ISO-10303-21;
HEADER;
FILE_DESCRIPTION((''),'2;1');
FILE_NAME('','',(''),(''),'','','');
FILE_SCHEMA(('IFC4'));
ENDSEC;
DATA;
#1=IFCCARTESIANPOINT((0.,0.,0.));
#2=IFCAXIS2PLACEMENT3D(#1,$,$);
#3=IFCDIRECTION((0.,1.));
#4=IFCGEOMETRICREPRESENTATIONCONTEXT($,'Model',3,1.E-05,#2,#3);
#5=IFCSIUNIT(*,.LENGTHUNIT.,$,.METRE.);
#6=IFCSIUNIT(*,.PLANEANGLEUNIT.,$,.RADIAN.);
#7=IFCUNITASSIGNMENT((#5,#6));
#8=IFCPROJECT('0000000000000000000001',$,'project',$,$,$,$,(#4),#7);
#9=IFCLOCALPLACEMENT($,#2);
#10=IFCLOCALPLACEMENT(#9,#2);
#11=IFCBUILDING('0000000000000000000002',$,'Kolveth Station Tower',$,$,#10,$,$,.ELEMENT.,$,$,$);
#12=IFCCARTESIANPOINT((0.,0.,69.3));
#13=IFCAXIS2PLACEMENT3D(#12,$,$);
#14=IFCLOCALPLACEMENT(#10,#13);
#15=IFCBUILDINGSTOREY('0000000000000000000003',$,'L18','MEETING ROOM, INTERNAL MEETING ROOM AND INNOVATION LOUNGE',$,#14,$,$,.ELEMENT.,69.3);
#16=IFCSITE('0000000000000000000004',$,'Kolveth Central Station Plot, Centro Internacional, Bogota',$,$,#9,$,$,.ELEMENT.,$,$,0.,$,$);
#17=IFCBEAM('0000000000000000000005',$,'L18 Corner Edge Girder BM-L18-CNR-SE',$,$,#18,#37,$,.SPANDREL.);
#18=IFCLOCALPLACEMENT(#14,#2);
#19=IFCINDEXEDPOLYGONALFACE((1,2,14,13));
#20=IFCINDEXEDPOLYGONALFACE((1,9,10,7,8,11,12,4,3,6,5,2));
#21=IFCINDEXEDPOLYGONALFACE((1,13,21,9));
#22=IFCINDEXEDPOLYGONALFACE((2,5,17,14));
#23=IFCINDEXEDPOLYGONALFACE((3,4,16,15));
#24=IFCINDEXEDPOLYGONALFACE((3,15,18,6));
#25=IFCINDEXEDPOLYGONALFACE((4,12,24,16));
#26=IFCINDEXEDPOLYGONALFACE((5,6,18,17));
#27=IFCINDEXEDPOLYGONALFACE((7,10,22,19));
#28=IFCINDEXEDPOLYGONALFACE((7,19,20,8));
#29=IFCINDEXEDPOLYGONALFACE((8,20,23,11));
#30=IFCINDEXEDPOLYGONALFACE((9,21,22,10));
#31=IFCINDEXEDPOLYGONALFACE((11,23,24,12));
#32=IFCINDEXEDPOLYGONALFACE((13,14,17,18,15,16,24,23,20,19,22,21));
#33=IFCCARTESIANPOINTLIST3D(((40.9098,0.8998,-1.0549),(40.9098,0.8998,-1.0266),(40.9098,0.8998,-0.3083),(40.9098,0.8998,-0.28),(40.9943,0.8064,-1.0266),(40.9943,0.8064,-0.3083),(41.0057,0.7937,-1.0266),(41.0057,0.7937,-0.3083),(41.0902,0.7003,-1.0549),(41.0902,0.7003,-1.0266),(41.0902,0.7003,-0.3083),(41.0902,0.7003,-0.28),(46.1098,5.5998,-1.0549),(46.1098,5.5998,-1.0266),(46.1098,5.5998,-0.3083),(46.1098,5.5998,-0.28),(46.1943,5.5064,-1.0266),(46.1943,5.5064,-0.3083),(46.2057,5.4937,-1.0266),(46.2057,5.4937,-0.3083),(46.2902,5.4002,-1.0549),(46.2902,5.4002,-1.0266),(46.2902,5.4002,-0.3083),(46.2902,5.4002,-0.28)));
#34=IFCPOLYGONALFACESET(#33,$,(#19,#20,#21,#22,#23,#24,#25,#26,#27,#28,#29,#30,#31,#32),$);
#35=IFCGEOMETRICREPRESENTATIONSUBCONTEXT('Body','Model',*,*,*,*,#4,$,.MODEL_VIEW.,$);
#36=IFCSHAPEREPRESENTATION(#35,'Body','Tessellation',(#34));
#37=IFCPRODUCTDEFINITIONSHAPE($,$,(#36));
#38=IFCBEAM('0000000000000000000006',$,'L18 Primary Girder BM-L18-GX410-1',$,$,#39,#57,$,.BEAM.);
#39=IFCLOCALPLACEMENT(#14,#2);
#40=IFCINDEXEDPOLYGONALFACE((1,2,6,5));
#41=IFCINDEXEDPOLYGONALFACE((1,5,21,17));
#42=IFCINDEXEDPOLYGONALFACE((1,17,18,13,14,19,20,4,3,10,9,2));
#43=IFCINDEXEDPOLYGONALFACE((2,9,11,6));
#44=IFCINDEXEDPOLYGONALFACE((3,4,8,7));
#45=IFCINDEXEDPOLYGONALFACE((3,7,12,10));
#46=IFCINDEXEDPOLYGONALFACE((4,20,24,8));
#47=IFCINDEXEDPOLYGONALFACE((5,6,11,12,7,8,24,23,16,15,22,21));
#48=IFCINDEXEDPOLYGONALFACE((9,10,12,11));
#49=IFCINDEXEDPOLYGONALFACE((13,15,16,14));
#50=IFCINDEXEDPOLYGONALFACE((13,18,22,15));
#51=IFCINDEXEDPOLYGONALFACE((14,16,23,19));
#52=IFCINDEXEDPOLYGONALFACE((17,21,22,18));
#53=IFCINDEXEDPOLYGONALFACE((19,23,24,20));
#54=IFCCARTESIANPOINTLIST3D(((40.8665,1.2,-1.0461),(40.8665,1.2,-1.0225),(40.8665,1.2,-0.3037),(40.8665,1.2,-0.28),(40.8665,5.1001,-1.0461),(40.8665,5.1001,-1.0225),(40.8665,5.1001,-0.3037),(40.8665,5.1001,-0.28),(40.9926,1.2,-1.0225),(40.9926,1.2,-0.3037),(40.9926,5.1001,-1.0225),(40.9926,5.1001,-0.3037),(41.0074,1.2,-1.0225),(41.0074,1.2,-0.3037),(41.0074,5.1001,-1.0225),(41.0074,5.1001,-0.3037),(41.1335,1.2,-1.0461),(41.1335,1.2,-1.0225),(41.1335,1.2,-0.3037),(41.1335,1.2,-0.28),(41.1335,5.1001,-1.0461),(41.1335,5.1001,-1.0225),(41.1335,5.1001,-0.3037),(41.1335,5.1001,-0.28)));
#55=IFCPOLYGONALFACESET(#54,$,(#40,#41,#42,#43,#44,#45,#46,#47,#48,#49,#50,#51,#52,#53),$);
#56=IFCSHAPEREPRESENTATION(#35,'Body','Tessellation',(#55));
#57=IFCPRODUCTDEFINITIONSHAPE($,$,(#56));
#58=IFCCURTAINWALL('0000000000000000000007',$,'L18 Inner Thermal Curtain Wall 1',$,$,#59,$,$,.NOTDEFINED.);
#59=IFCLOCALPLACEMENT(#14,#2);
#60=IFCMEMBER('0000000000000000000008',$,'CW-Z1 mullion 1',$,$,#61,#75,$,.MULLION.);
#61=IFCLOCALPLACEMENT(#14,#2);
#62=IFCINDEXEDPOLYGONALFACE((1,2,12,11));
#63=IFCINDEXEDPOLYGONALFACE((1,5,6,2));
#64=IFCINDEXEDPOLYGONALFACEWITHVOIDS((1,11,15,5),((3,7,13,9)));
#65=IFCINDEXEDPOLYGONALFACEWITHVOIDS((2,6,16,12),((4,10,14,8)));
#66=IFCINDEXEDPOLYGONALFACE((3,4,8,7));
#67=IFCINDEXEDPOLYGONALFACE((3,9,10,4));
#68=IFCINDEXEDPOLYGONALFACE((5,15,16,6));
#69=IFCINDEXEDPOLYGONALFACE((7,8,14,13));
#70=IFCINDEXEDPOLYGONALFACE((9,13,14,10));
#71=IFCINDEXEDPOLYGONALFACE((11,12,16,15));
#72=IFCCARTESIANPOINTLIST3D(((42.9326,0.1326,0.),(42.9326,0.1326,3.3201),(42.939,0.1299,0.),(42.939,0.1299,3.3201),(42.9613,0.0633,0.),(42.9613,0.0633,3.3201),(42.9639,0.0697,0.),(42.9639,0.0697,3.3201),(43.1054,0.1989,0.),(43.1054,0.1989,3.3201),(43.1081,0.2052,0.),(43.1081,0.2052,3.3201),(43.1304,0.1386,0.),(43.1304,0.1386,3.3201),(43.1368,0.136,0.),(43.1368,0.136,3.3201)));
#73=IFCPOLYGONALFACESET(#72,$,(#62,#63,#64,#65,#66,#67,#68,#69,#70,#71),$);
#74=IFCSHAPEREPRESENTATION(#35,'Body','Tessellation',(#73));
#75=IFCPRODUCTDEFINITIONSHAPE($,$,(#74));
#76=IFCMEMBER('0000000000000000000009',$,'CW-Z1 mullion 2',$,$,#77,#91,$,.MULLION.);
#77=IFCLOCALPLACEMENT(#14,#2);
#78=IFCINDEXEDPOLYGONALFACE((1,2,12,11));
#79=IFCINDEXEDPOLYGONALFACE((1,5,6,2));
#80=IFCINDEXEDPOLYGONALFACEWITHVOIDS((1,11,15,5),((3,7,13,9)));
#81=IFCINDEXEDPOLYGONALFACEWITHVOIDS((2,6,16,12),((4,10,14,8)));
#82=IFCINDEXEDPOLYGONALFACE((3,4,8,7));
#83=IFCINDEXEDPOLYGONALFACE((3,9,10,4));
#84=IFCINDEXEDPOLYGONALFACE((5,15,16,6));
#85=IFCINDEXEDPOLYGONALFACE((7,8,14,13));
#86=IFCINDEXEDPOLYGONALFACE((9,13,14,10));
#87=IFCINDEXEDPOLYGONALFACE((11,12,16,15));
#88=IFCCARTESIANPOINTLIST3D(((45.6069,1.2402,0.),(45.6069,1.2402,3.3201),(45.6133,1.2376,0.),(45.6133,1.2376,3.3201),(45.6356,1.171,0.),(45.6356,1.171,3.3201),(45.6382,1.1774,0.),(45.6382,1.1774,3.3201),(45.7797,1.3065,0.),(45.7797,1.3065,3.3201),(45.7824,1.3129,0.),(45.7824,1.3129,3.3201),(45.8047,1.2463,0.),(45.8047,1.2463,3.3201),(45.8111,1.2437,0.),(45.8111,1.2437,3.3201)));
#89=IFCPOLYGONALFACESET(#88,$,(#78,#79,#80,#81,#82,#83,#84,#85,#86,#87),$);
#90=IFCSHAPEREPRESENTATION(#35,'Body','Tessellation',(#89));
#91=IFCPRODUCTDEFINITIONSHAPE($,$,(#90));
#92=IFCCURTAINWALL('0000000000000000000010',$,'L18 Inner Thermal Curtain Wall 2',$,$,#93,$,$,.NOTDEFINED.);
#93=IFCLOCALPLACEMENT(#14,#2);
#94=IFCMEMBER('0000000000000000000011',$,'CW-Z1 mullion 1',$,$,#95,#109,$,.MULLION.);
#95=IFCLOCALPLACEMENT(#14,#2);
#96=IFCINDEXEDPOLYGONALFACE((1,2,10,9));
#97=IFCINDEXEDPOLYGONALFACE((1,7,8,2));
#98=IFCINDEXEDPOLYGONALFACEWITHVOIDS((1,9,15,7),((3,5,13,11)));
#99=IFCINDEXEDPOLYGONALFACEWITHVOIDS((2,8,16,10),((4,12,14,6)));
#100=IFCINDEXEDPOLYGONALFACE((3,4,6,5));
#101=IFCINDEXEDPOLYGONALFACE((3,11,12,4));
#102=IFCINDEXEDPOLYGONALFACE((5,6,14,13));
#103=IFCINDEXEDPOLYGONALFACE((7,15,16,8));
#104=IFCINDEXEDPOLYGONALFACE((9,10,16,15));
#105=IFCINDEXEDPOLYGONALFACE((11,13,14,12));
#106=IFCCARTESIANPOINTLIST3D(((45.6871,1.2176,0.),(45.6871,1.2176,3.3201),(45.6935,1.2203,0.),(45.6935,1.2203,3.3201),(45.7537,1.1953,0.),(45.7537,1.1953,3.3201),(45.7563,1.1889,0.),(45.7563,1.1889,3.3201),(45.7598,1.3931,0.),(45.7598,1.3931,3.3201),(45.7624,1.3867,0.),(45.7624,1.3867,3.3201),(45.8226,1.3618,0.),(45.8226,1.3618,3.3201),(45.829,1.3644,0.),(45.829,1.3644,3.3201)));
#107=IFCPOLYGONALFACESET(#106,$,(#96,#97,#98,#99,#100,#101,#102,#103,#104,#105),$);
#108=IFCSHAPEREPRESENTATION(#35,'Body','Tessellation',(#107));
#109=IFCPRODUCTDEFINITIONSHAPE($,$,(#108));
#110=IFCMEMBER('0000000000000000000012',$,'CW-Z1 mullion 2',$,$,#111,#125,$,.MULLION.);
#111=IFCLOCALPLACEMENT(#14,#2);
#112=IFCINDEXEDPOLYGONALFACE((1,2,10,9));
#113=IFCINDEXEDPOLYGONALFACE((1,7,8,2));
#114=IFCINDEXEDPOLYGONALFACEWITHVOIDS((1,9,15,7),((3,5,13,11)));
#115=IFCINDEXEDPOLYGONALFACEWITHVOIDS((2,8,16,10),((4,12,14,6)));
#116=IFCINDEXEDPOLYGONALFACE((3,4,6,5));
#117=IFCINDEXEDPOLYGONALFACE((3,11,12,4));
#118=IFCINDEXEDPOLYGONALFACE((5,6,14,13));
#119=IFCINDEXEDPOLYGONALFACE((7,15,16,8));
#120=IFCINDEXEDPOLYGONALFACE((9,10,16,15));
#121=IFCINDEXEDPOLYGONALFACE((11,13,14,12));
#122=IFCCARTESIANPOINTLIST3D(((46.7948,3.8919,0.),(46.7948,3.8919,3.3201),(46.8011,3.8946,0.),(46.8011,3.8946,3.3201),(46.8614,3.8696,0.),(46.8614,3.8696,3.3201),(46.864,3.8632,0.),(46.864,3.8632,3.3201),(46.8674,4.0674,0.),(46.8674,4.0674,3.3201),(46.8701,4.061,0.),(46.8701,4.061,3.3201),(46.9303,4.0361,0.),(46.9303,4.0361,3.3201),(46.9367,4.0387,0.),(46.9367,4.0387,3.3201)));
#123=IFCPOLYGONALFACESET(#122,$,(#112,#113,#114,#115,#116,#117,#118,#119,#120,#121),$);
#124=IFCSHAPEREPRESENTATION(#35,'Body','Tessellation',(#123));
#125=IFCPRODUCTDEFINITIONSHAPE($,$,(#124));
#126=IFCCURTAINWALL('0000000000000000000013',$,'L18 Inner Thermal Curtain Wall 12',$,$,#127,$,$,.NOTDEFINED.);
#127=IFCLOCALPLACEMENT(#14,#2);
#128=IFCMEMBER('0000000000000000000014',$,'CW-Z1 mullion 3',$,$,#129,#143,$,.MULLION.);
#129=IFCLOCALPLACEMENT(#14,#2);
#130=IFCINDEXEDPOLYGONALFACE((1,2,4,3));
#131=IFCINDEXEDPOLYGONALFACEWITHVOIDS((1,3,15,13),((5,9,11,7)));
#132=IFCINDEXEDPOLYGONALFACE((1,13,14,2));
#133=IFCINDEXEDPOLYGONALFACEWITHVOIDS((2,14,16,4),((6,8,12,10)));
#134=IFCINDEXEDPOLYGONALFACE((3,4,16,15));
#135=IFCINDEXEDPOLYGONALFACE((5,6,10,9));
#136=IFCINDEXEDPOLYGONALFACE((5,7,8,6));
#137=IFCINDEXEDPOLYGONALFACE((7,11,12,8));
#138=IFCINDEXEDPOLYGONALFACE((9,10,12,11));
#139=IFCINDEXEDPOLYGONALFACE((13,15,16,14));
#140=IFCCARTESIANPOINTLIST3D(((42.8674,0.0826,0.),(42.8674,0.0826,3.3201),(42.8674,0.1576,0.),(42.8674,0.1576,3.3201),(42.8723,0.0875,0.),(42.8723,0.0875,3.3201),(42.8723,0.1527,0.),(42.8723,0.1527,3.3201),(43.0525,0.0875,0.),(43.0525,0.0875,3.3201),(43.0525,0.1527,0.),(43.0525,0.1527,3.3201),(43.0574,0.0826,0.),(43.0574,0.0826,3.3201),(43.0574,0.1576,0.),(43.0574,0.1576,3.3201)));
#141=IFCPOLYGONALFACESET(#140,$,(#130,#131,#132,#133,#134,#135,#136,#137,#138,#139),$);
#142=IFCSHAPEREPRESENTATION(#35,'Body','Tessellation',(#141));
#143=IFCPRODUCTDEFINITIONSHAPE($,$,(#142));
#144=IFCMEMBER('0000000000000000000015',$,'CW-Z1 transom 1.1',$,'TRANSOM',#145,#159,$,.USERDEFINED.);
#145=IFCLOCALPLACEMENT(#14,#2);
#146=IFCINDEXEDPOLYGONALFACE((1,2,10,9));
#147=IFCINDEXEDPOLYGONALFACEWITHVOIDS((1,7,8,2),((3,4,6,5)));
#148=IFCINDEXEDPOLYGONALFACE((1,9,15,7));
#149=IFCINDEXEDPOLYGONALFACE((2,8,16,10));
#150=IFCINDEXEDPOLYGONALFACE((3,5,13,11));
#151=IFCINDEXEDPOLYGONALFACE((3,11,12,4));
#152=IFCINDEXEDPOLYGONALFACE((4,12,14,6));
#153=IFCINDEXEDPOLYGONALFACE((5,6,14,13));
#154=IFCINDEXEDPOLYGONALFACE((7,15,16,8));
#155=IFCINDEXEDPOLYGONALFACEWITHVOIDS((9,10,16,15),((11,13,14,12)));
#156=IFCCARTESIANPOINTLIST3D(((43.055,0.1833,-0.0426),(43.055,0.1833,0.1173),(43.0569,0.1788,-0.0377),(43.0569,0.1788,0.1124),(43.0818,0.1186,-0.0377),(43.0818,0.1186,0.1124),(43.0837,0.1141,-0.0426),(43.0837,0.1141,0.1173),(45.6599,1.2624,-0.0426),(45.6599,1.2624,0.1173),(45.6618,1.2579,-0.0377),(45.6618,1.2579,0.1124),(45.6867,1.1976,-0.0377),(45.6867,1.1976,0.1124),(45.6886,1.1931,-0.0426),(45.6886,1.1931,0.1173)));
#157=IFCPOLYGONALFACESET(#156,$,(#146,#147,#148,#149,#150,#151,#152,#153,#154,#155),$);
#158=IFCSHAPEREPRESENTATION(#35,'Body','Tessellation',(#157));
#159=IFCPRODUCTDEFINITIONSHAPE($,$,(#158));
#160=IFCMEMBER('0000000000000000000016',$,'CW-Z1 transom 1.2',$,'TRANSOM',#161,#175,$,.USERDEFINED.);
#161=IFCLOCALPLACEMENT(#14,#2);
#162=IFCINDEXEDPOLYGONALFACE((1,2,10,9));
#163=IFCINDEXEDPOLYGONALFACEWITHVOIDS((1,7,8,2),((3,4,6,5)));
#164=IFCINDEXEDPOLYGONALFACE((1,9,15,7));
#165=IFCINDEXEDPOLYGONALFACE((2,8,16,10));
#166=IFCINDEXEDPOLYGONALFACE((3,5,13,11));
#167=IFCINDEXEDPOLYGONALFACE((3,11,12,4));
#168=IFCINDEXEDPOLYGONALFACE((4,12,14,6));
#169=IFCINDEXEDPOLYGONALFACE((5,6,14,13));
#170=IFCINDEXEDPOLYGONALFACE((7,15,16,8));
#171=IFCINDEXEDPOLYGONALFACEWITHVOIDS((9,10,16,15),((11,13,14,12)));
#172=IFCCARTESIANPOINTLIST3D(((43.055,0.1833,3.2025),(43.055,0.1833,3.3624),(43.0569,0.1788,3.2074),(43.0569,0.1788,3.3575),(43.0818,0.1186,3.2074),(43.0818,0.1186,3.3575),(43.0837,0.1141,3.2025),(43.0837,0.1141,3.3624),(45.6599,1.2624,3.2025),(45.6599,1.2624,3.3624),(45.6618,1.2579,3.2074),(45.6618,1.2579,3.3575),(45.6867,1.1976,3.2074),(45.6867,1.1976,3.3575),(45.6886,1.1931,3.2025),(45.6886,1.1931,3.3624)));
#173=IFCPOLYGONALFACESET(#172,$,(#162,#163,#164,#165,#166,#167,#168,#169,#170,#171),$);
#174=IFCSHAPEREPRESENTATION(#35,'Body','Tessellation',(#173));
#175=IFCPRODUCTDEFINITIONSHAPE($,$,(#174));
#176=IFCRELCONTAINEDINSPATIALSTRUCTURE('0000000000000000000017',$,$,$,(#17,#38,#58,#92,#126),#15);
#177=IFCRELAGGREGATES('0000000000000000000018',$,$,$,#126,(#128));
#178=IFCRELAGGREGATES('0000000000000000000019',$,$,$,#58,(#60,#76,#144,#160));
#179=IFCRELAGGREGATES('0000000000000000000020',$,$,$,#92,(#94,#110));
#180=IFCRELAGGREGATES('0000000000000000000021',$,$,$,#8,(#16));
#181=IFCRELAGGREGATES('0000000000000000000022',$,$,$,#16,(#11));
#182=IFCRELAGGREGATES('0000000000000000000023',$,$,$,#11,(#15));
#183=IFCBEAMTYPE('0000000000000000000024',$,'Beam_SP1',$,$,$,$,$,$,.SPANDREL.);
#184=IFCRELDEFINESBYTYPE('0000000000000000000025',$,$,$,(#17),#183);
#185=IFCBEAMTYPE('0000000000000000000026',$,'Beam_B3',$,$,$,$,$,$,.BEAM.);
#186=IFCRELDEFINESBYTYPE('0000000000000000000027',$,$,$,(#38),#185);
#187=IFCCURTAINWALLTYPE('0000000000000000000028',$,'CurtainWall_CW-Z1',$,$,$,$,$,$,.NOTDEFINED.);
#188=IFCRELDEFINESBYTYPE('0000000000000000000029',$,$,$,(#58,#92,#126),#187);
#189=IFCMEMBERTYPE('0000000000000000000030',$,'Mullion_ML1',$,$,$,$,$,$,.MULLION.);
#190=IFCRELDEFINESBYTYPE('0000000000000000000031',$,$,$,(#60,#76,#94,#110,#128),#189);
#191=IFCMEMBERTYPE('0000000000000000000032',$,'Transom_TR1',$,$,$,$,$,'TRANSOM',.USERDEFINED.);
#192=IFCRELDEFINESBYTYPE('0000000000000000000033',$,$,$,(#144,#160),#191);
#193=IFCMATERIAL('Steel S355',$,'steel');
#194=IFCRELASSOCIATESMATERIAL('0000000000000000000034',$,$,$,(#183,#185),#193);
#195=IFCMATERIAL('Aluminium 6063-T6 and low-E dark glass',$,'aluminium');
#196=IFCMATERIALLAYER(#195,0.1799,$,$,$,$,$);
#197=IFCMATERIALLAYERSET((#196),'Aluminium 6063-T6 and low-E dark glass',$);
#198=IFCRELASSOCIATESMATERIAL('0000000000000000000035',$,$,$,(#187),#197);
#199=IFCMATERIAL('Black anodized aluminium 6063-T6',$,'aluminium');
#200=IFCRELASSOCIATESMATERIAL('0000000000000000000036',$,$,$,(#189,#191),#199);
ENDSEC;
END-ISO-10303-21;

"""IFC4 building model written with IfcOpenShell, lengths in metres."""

from ifc_helpers import new_model, si_unit, direction, frame, origin, origin_2d, place, context, subcontext, project, spatial, hollow_rectangle, i_section, extrude, source, transform, mapped, material, layer, layer_set, material_profile, profile_set, type_object, element, aggregate, save


model = new_model("IFC4")

# Units and contexts
model_context = context("Model", 3, precision=1e-05, world=origin(), true_north=direction((0.0, 1.0)))
body_context = subcontext(model_context, "Body", "Model", "MODEL_VIEW")
ifc_project = project(units=[si_unit("LENGTHUNIT", "METRE"), si_unit("PLANEANGLEUNIT", "RADIAN")], contexts=[model_context])

# Site, building, storey
site_placement = place(None, origin())
site = spatial("IfcSite", under=ifc_project, at=site_placement, Name="Kolveth Central Station Plot, Centro Internacional, Bogota", CompositionType="ELEMENT", RefElevation=0.0)
building_placement = place(site_placement, origin())
building = spatial("IfcBuilding", under=site, at=building_placement, Name="Kolveth Station Tower", CompositionType="ELEMENT")
storey_placement = place(building_placement, frame((0.0, 0.0, 69.3)))
storey = spatial("IfcBuildingStorey", under=building, at=storey_placement, Name="L18", Description="MEETING ROOM, INTERNAL MEETING ROOM AND INNOVATION LOUNGE", CompositionType="ELEMENT", Elevation=69.3)

# Beams
ifc_material_1 = material(Name="Steel S355", Category="steel")
ifc_material_profile_1 = material_profile(ifc_material_1, i_section(OverallWidth=0.269, OverallDepth=0.7749, WebThickness=0.0171, FlangeThickness=0.0283, at=origin_2d()), Name="W760x220")
ifc_profile_set_1 = profile_set([ifc_material_profile_1], Name="Steel S355")
beam_type_1 = type_object("IfcBeamType", Name="Beam_SP1", PredefinedType="SPANDREL", material=ifc_profile_set_1)
shared_shape_1 = source(origin(), body_context, "Body", "SweptSolid", [
    extrude(i_section(OverallWidth=0.269, OverallDepth=0.7749, WebThickness=0.0171, FlangeThickness=0.0283, at=origin_2d()), origin(), (0.0, 0.0, 1.0), 7.0093),
])
beam_1_placement = place(storey_placement, frame((41.0, 0.8, -0.6675), z_axis=(0.741874, 0.670539, 0.0), x_axis=(-0.670539, 0.741874, 0.0)))
element("IfcBeam", 1, at=beam_1_placement, inside=storey, type_object=beam_type_1, Name="L18 Corner Edge Girder BM-L18-CNR-SE", PredefinedType="SPANDREL", context=body_context, shape_type="MappedRepresentation", body=[
    mapped(shared_shape_1, transform((0.0, 0.0, 0.0), x_axis=(1.0, 0.0, 0.0), y_axis=(0.0, 1.0, 0.0), z_axis=(0.0, 0.0, 1.0), scale=1.0)),
])
ifc_material_profile_2 = material_profile(ifc_material_1, i_section(OverallWidth=0.2671, OverallDepth=0.7661, WebThickness=0.0149, FlangeThickness=0.0237, at=origin_2d()), Name="W760x185")
ifc_profile_set_2 = profile_set([ifc_material_profile_2], Name="Steel S355")
beam_type_2 = type_object("IfcBeamType", Name="Beam_B3", PredefinedType="BEAM", material=ifc_profile_set_2)
shared_shape_2 = source(origin(), body_context, "Body", "SweptSolid", [
    extrude(i_section(OverallWidth=0.2671, OverallDepth=0.7661, WebThickness=0.0149, FlangeThickness=0.0237, at=origin_2d()), origin(), (0.0, 0.0, 1.0), 3.9001),
])
beam_2_placement = place(storey_placement, frame((41.0, 1.2, -0.6631), z_axis=(0.0, 1.0, 0.0), x_axis=(-1.0, 0.0, 0.0)))
element("IfcBeam", 2, at=beam_2_placement, inside=storey, type_object=beam_type_2, Name="L18 Primary Girder BM-L18-GX410-1", PredefinedType="BEAM", context=body_context, shape_type="MappedRepresentation", body=[
    mapped(shared_shape_2, transform((0.0, 0.0, 0.0), x_axis=(1.0, 0.0, 0.0), y_axis=(0.0, 1.0, 0.0), z_axis=(0.0, 0.0, 1.0), scale=1.0)),
])

# Curtain walls, members
ifc_material_2 = material(Name="Aluminium 6063-T6 and low-E dark glass", Category="aluminium")
ifc_layer_1 = layer(ifc_material_2, 0.1799)
ifc_layer_set_1 = layer_set([ifc_layer_1], Name="Aluminium 6063-T6 and low-E dark glass")
curtain_wall_type_1 = type_object("IfcCurtainWallType", Name="CurtainWall_CW-Z1", PredefinedType="NOTDEFINED", material=ifc_layer_set_1)
curtain_wall_1_placement = place(storey_placement, origin())
curtain_wall_1 = element("IfcCurtainWall", 3, at=curtain_wall_1_placement, inside=storey, type_object=curtain_wall_type_1, Name="L18 Inner Thermal Curtain Wall 1", PredefinedType="NOTDEFINED")
ifc_material_3 = material(Name="Black anodized aluminium 6063-T6", Category="aluminium")
ifc_material_profile_3 = material_profile(ifc_material_3, hollow_rectangle(XDim=0.075, YDim=0.1899, WallThickness=0.0049, at=origin_2d()), Name="ALU-75x190x5")
ifc_profile_set_3 = profile_set([ifc_material_profile_3], Name="Black anodized aluminium 6063-T6")
member_type_1 = type_object("IfcMemberType", Name="Mullion_ML1", PredefinedType="MULLION", material=ifc_profile_set_3)
shared_shape_3 = source(origin(), body_context, "Body", "SweptSolid", [
    extrude(hollow_rectangle(XDim=0.075, YDim=0.1899, WallThickness=0.0049, at=origin_2d()), origin(), (0.0, 0.0, 1.0), 3.3201),
])
member_1_placement = place(storey_placement, frame((43.0347, 0.1343, 0.0), z_axis=(0.0, 0.0, 1.0), x_axis=(-0.382673, 0.923884, 0.0)))
member_1 = element("IfcMember", 4, at=member_1_placement, type_object=member_type_1, Name="CW-Z1 mullion 1", PredefinedType="MULLION", context=body_context, shape_type="MappedRepresentation", body=[
    mapped(shared_shape_3, transform((0.0, 0.0, 0.0), x_axis=(1.0, 0.0, 0.0), y_axis=(0.0, 1.0, 0.0), z_axis=(0.0, 0.0, 1.0), scale=1.0)),
])
member_2_placement = place(storey_placement, frame((45.709, 1.2419, 0.0), z_axis=(0.0, 0.0, 1.0), x_axis=(-0.382673, 0.923884, 0.0)))
member_2 = element("IfcMember", 5, at=member_2_placement, type_object=member_type_1, Name="CW-Z1 mullion 2", PredefinedType="MULLION", context=body_context, shape_type="MappedRepresentation", body=[
    mapped(shared_shape_3, transform((0.0, 0.0, 0.0), x_axis=(1.0, 0.0, 0.0), y_axis=(0.0, 1.0, 0.0), z_axis=(0.0, 0.0, 1.0), scale=1.0)),
])
curtain_wall_2_placement = place(storey_placement, origin())
curtain_wall_2 = element("IfcCurtainWall", 6, at=curtain_wall_2_placement, inside=storey, type_object=curtain_wall_type_1, Name="L18 Inner Thermal Curtain Wall 2", PredefinedType="NOTDEFINED")
member_3_placement = place(storey_placement, frame((45.7581, 1.291, 0.0), z_axis=(0.0, 0.0, 1.0), x_axis=(-0.923884, 0.382673, 0.0)))
member_3 = element("IfcMember", 7, at=member_3_placement, type_object=member_type_1, Name="CW-Z1 mullion 1", PredefinedType="MULLION", context=body_context, shape_type="MappedRepresentation", body=[
    mapped(shared_shape_3, transform((0.0, 0.0, 0.0), x_axis=(1.0, 0.0, 0.0), y_axis=(0.0, 1.0, 0.0), z_axis=(0.0, 0.0, 1.0), scale=1.0)),
])
member_4_placement = place(storey_placement, frame((46.8657, 3.9653, 0.0), z_axis=(0.0, 0.0, 1.0), x_axis=(-0.923884, 0.382673, 0.0)))
member_4 = element("IfcMember", 8, at=member_4_placement, type_object=member_type_1, Name="CW-Z1 mullion 2", PredefinedType="MULLION", context=body_context, shape_type="MappedRepresentation", body=[
    mapped(shared_shape_3, transform((0.0, 0.0, 0.0), x_axis=(1.0, 0.0, 0.0), y_axis=(0.0, 1.0, 0.0), z_axis=(0.0, 0.0, 1.0), scale=1.0)),
])

# Curtain wall, member
curtain_wall_3_placement = place(storey_placement, origin())
curtain_wall_3 = element("IfcCurtainWall", 9, at=curtain_wall_3_placement, inside=storey, type_object=curtain_wall_type_1, Name="L18 Inner Thermal Curtain Wall 12", PredefinedType="NOTDEFINED")
member_5_placement = place(storey_placement, frame((42.9624, 0.1201, 0.0), z_axis=(0.0, 0.0, 1.0), x_axis=(0.0, 1.0, 0.0)))
member_5 = element("IfcMember", 10, at=member_5_placement, type_object=member_type_1, Name="CW-Z1 mullion 3", PredefinedType="MULLION", context=body_context, shape_type="MappedRepresentation", body=[
    mapped(shared_shape_3, transform((0.0, 0.0, 0.0), x_axis=(1.0, 0.0, 0.0), y_axis=(0.0, 1.0, 0.0), z_axis=(0.0, 0.0, 1.0), scale=1.0)),
])
aggregate(curtain_wall_3, [member_5])

# Members
ifc_material_profile_4 = material_profile(ifc_material_3, hollow_rectangle(XDim=0.075, YDim=0.1599, WallThickness=0.0049, at=origin_2d()), Name="ALU-75x160x5")
ifc_profile_set_4 = profile_set([ifc_material_profile_4], Name="Black anodized aluminium 6063-T6")
member_type_2 = type_object("IfcMemberType", Name="Transom_TR1", ElementType="TRANSOM", PredefinedType="USERDEFINED", material=ifc_profile_set_4)
shared_shape_4 = source(origin(), body_context, "Body", "SweptSolid", [
    extrude(hollow_rectangle(XDim=0.075, YDim=0.1599, WallThickness=0.0049, at=origin_2d()), origin(), (0.0, 0.0, 1.0), 2.8196),
])
member_6_placement = place(storey_placement, frame((43.0693, 0.1487, 0.0374), z_axis=(0.923869, 0.382709, 0.0), x_axis=(-0.382709, 0.923869, 0.0)))
member_6 = element("IfcMember", 11, at=member_6_placement, type_object=member_type_2, Name="CW-Z1 transom 1.1", ObjectType="TRANSOM", PredefinedType="USERDEFINED", context=body_context, shape_type="MappedRepresentation", body=[
    mapped(shared_shape_4, transform((0.0, 0.0, 0.0), x_axis=(1.0, 0.0, 0.0), y_axis=(0.0, 1.0, 0.0), z_axis=(0.0, 0.0, 1.0), scale=1.0)),
])
member_7_placement = place(storey_placement, frame((43.0693, 0.1487, 3.2825), z_axis=(0.923869, 0.382709, 0.0), x_axis=(-0.382709, 0.923869, 0.0)))
member_7 = element("IfcMember", 12, at=member_7_placement, type_object=member_type_2, Name="CW-Z1 transom 1.2", ObjectType="TRANSOM", PredefinedType="USERDEFINED", context=body_context, shape_type="MappedRepresentation", body=[
    mapped(shared_shape_4, transform((0.0, 0.0, 0.0), x_axis=(1.0, 0.0, 0.0), y_axis=(0.0, 1.0, 0.0), z_axis=(0.0, 0.0, 1.0), scale=1.0)),
])

aggregate(curtain_wall_1, [member_1, member_2, member_6, member_7])
aggregate(curtain_wall_2, [member_3, member_4])

save(model, "model.ifc")
